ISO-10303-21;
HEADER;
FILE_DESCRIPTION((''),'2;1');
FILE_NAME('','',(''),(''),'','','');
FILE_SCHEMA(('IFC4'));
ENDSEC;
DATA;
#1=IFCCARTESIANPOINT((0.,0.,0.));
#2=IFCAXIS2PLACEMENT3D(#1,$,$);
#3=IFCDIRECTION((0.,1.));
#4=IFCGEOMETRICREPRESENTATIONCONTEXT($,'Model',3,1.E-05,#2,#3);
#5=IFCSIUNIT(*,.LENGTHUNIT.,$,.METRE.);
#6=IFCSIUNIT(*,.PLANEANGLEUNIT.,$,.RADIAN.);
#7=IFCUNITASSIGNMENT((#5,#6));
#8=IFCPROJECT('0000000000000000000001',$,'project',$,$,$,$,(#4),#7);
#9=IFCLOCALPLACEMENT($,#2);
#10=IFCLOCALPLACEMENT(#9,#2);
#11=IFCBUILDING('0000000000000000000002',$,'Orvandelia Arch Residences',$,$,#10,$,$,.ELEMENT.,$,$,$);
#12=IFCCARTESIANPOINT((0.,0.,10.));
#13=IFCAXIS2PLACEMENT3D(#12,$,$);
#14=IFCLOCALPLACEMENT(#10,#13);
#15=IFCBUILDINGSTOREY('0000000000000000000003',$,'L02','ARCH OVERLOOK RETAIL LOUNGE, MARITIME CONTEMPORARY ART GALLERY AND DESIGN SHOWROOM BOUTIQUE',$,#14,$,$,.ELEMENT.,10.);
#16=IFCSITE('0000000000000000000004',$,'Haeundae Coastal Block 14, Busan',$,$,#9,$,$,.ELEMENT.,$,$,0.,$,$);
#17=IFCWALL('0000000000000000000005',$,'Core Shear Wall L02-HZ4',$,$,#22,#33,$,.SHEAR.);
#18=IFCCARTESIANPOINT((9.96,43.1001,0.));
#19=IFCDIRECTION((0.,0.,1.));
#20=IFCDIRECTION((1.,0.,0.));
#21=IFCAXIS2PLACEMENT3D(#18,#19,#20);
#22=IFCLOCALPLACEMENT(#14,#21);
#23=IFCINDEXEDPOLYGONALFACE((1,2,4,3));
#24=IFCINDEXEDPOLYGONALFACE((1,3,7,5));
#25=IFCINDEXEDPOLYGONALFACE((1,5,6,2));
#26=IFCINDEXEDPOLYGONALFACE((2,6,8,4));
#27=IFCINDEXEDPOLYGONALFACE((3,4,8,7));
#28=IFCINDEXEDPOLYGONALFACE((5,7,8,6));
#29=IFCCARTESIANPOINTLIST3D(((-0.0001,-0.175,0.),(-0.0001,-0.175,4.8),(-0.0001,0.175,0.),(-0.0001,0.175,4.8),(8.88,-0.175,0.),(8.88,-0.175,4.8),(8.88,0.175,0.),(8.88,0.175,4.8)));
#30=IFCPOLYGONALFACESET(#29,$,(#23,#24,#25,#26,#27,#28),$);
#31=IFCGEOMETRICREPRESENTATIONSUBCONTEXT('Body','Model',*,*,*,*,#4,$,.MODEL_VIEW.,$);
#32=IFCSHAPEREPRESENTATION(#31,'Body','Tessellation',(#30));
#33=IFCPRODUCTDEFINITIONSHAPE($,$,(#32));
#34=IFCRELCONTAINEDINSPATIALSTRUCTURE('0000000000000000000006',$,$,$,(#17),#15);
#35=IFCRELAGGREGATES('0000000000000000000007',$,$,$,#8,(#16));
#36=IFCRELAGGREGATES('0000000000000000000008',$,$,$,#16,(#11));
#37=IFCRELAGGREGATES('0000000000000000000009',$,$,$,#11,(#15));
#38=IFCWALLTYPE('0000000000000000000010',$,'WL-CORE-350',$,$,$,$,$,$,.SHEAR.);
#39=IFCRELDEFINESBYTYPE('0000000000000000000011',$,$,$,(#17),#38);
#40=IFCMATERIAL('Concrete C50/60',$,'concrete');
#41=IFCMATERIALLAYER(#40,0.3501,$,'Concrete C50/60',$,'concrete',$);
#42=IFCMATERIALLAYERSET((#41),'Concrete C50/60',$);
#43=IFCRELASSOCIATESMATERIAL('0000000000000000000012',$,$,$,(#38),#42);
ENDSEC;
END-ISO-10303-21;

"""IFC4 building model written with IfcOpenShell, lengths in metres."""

from ifc_helpers import new_model, si_unit, direction, frame, frame_2d, origin, place, context, subcontext, project, spatial, rectangle, extrude, material, layer, layer_set, type_object, element, save


model = new_model("IFC4")

# Units and contexts
model_context = context("Model", 3, precision=1e-05, world=origin(), true_north=direction((0.0, 1.0)))
body_context = subcontext(model_context, "Body", "Model", "MODEL_VIEW")
ifc_project = project(units=[si_unit("LENGTHUNIT", "METRE"), si_unit("PLANEANGLEUNIT", "RADIAN")], contexts=[model_context])

# Site, building, storey
site_placement = place(None, origin())
site = spatial("IfcSite", under=ifc_project, at=site_placement, Name="Haeundae Coastal Block 14, Busan", CompositionType="ELEMENT", RefElevation=0.0)
building_placement = place(site_placement, origin())
building = spatial("IfcBuilding", under=site, at=building_placement, Name="Orvandelia Arch Residences", CompositionType="ELEMENT")
storey_placement = place(building_placement, frame((0.0, 0.0, 10.0)))
storey = spatial("IfcBuildingStorey", under=building, at=storey_placement, Name="L02", Description="ARCH OVERLOOK RETAIL LOUNGE, MARITIME CONTEMPORARY ART GALLERY AND DESIGN SHOWROOM BOUTIQUE", CompositionType="ELEMENT", Elevation=10.0)

# Wall
ifc_material_1 = material(Name="Concrete C50/60", Category="concrete")
ifc_layer_1 = layer(ifc_material_1, 0.3501, Name="Concrete C50/60", Category="concrete")
ifc_layer_set_1 = layer_set([ifc_layer_1], Name="Concrete C50/60")
wall_type_1 = type_object("IfcWallType", Name="WL-CORE-350", PredefinedType="SHEAR", material=ifc_layer_set_1)
wall_1_placement = place(storey_placement, frame((9.96, 43.1001, 0.0), z_axis=(0.0, 0.0, 1.0), x_axis=(1.0, 0.0, 0.0)))
element("IfcWall", 1, at=wall_1_placement, inside=storey, type_object=wall_type_1, Name="Core Shear Wall L02-HZ4", PredefinedType="SHEAR", context=body_context, shape_type="SweptSolid", body=[
    extrude(rectangle(XDim=8.8801, YDim=0.3501, at=frame_2d((4.4399, 0.0))), origin(), (0.0, 0.0, 1.0), 4.8),
])

save(model, "model.ifc")
